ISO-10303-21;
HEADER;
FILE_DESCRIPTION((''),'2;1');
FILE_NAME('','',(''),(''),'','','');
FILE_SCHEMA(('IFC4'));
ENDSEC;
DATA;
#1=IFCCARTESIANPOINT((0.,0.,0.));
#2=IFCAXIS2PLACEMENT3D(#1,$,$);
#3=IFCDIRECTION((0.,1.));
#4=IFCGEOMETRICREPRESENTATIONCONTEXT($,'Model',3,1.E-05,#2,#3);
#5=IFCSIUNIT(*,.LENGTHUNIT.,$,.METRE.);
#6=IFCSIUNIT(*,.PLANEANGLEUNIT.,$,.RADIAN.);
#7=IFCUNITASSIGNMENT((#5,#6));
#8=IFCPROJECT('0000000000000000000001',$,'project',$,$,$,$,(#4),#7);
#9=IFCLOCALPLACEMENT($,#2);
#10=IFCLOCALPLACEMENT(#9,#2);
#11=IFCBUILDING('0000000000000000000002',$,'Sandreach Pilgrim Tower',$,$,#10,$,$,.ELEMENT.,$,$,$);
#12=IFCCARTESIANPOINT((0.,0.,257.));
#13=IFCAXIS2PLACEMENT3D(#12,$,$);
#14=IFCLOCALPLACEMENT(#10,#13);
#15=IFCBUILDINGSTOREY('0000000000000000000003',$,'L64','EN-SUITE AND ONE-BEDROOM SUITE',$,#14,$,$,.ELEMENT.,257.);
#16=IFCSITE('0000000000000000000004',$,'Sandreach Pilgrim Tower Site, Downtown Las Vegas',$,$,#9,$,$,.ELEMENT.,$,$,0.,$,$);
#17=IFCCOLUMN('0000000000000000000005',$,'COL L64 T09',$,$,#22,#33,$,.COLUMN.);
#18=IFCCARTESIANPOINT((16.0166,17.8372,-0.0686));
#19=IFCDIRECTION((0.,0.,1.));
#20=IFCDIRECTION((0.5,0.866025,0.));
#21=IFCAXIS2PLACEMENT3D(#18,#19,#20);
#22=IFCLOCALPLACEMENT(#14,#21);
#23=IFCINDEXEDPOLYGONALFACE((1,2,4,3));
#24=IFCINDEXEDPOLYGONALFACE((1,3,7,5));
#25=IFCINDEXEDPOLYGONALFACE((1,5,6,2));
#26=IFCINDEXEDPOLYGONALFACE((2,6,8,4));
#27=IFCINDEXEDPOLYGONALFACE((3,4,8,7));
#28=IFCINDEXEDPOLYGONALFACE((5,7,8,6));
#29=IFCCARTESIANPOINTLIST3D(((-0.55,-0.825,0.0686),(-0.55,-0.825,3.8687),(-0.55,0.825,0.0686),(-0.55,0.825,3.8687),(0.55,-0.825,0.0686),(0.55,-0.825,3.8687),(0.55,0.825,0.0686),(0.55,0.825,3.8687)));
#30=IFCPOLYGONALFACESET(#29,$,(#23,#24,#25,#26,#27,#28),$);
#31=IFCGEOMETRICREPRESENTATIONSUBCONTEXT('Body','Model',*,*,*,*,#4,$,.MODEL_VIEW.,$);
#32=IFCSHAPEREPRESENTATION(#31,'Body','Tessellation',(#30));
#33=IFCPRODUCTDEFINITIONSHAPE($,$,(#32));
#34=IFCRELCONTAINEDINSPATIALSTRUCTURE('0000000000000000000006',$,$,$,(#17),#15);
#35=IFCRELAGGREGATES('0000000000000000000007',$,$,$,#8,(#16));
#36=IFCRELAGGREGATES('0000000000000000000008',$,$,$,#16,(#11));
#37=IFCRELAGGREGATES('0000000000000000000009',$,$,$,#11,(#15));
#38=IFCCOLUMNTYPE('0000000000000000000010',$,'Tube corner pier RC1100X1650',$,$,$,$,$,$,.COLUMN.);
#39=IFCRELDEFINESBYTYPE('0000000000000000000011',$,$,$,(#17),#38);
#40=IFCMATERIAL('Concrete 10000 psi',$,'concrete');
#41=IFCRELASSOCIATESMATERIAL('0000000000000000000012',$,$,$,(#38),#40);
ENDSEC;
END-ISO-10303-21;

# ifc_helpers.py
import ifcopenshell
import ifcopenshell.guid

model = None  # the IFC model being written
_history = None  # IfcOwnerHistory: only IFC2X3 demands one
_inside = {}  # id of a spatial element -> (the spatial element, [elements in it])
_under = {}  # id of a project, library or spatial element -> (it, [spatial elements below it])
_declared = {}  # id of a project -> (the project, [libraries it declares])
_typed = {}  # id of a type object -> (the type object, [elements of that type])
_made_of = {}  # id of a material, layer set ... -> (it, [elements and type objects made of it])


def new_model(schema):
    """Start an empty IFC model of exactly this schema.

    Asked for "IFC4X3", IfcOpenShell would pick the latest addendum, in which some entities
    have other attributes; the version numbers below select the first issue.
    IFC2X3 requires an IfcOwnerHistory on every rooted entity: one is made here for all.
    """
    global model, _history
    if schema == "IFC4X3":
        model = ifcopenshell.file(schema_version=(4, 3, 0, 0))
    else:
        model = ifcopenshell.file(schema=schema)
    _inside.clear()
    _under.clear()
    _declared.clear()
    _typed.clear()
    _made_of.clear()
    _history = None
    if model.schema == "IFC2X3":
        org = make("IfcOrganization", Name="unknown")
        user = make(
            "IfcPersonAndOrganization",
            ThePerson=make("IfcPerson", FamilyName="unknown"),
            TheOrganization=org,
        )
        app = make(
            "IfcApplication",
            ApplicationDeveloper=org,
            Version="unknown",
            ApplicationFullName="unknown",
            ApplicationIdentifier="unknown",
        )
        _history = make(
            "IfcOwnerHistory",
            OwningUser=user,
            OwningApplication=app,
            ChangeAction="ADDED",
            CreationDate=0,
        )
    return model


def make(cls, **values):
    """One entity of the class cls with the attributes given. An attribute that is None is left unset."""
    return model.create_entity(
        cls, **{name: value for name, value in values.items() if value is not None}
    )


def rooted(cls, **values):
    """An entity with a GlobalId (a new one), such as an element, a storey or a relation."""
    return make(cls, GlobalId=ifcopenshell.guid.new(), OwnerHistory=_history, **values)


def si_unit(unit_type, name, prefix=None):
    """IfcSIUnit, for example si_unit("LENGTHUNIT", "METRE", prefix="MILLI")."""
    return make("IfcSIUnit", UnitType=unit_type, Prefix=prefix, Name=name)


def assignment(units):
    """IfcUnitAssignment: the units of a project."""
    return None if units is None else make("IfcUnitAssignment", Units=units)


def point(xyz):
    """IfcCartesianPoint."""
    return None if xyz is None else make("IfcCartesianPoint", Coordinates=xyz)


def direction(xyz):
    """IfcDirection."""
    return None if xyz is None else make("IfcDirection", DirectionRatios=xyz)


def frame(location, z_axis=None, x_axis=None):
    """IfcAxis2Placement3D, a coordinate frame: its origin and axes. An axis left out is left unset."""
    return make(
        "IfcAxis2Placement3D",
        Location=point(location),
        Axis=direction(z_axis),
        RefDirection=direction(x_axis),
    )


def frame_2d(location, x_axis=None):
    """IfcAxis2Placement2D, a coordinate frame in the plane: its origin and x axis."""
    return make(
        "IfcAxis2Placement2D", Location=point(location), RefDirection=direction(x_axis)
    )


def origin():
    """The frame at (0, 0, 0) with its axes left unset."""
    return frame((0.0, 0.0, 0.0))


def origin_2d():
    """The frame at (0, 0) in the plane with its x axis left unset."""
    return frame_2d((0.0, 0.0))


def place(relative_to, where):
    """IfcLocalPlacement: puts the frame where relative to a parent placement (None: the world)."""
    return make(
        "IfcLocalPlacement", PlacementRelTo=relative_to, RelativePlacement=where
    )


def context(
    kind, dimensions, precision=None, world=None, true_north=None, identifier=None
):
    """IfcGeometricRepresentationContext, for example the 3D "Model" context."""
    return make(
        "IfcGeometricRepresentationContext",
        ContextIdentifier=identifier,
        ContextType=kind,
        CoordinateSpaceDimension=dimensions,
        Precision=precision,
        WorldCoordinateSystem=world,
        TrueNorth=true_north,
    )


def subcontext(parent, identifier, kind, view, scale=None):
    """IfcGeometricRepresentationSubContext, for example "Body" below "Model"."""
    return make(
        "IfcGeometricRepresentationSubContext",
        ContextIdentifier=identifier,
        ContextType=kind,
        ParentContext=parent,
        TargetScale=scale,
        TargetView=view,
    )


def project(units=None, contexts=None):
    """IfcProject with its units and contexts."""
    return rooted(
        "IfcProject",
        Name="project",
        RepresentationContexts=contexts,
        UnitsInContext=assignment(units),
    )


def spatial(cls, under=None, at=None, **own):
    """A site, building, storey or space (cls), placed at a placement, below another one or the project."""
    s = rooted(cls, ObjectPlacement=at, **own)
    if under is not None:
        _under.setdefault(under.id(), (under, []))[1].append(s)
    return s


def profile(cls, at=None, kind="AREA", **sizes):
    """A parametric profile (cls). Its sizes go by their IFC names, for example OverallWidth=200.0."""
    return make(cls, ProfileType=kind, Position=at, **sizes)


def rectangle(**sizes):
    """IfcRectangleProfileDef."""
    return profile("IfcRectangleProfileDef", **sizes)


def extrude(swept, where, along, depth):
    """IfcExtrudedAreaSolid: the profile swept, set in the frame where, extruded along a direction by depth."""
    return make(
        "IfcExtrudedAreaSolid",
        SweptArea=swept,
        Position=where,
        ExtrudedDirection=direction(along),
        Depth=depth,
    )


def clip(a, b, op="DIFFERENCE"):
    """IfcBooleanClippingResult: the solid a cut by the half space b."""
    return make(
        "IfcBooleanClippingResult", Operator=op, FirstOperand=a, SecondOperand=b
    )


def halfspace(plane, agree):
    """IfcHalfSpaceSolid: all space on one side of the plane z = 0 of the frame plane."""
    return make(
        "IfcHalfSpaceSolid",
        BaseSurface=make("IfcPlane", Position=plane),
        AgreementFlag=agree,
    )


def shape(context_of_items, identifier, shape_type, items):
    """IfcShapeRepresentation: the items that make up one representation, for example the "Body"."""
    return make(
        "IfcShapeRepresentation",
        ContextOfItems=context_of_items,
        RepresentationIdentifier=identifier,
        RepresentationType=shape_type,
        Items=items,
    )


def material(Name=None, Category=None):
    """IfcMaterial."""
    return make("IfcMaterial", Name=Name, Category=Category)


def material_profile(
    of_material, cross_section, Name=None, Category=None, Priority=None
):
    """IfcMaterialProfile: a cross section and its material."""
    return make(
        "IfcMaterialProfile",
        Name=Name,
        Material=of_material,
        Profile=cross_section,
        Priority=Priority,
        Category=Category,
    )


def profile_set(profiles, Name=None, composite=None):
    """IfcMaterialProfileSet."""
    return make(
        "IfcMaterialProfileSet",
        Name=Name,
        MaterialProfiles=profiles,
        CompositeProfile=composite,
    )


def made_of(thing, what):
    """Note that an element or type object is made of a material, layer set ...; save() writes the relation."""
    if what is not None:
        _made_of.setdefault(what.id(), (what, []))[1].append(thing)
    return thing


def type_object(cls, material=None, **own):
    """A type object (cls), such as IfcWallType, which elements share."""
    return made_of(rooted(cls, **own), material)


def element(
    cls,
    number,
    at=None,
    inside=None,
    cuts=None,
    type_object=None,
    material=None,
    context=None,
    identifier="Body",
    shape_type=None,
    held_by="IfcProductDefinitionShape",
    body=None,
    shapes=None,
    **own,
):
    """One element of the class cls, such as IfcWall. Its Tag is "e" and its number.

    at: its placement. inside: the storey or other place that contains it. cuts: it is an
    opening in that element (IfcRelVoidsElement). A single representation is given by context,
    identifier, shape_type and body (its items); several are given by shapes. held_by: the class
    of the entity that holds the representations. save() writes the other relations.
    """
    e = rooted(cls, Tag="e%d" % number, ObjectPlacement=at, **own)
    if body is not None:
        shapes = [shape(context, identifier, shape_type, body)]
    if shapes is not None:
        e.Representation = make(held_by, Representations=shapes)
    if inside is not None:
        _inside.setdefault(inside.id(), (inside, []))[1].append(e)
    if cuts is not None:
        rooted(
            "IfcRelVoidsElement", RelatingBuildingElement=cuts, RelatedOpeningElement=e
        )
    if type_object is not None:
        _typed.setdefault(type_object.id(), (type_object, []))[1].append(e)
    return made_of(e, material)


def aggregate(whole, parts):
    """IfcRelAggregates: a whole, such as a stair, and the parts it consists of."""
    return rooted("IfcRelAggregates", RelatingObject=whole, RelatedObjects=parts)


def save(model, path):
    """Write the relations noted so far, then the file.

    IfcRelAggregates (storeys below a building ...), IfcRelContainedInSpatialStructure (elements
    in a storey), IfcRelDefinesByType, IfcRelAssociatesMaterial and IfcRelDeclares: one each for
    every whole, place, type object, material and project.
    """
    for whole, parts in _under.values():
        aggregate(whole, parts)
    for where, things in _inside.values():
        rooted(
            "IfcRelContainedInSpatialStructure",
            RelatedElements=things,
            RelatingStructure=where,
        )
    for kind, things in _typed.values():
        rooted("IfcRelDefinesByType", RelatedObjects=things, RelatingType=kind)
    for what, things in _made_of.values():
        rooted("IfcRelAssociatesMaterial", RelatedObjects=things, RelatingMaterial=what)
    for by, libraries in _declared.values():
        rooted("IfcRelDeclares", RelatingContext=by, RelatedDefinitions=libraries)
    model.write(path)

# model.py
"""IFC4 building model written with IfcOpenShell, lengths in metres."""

from ifc_helpers import new_model, si_unit, direction, frame, origin, origin_2d, place, context, subcontext, project, spatial, rectangle, extrude, clip, halfspace, material, material_profile, profile_set, type_object, element, save


model = new_model("IFC4")

# Units and contexts
model_context = context("Model", 3, precision=1e-05, world=origin(), true_north=direction((0.0, 1.0)))
body_context = subcontext(model_context, "Body", "Model", "MODEL_VIEW")
ifc_project = project(units=[si_unit("LENGTHUNIT", "METRE"), si_unit("PLANEANGLEUNIT", "RADIAN")], contexts=[model_context])

# Site, building, storey
site_placement = place(None, origin())
site = spatial("IfcSite", under=ifc_project, at=site_placement, Name="Sandreach Pilgrim Tower Site, Downtown Las Vegas", CompositionType="ELEMENT", RefElevation=0.0)
building_placement = place(site_placement, origin())
building = spatial("IfcBuilding", under=site, at=building_placement, Name="Sandreach Pilgrim Tower", CompositionType="ELEMENT")
storey_placement = place(building_placement, frame((0.0, 0.0, 257.0)))
storey = spatial("IfcBuildingStorey", under=building, at=storey_placement, Name="L64", Description="EN-SUITE AND ONE-BEDROOM SUITE", CompositionType="ELEMENT", Elevation=257.0)

# Column
ifc_material_1 = material(Name="Concrete 10000 psi", Category="concrete")
ifc_material_profile_1 = material_profile(ifc_material_1, rectangle(XDim=1.1001, YDim=1.6499, at=origin_2d()), Name="RC1100X1650")
ifc_profile_set_1 = profile_set([ifc_material_profile_1], Name="Concrete 10000 psi")
column_type = type_object("IfcColumnType", Name="Tube corner pier RC1100X1650", PredefinedType="COLUMN", material=ifc_profile_set_1)
column_placement = place(storey_placement, frame((16.0166, 17.8372, -0.0686), z_axis=(0.0, 0.0, 1.0), x_axis=(0.5, 0.866025, 0.0)))
element("IfcColumn", 1, at=column_placement, inside=storey, type_object=column_type, Name="COL L64 T09", PredefinedType="COLUMN", context=body_context, shape_type="SweptSolid", body=[
    clip(extrude(rectangle(XDim=1.1001, YDim=1.6499, at=origin_2d()), origin(), (0.0, 0.0, 1.0), 3.8687), halfspace(frame((0.0, 0.0, 0.0686)), True)),
])

save(model, "model.ifc")
